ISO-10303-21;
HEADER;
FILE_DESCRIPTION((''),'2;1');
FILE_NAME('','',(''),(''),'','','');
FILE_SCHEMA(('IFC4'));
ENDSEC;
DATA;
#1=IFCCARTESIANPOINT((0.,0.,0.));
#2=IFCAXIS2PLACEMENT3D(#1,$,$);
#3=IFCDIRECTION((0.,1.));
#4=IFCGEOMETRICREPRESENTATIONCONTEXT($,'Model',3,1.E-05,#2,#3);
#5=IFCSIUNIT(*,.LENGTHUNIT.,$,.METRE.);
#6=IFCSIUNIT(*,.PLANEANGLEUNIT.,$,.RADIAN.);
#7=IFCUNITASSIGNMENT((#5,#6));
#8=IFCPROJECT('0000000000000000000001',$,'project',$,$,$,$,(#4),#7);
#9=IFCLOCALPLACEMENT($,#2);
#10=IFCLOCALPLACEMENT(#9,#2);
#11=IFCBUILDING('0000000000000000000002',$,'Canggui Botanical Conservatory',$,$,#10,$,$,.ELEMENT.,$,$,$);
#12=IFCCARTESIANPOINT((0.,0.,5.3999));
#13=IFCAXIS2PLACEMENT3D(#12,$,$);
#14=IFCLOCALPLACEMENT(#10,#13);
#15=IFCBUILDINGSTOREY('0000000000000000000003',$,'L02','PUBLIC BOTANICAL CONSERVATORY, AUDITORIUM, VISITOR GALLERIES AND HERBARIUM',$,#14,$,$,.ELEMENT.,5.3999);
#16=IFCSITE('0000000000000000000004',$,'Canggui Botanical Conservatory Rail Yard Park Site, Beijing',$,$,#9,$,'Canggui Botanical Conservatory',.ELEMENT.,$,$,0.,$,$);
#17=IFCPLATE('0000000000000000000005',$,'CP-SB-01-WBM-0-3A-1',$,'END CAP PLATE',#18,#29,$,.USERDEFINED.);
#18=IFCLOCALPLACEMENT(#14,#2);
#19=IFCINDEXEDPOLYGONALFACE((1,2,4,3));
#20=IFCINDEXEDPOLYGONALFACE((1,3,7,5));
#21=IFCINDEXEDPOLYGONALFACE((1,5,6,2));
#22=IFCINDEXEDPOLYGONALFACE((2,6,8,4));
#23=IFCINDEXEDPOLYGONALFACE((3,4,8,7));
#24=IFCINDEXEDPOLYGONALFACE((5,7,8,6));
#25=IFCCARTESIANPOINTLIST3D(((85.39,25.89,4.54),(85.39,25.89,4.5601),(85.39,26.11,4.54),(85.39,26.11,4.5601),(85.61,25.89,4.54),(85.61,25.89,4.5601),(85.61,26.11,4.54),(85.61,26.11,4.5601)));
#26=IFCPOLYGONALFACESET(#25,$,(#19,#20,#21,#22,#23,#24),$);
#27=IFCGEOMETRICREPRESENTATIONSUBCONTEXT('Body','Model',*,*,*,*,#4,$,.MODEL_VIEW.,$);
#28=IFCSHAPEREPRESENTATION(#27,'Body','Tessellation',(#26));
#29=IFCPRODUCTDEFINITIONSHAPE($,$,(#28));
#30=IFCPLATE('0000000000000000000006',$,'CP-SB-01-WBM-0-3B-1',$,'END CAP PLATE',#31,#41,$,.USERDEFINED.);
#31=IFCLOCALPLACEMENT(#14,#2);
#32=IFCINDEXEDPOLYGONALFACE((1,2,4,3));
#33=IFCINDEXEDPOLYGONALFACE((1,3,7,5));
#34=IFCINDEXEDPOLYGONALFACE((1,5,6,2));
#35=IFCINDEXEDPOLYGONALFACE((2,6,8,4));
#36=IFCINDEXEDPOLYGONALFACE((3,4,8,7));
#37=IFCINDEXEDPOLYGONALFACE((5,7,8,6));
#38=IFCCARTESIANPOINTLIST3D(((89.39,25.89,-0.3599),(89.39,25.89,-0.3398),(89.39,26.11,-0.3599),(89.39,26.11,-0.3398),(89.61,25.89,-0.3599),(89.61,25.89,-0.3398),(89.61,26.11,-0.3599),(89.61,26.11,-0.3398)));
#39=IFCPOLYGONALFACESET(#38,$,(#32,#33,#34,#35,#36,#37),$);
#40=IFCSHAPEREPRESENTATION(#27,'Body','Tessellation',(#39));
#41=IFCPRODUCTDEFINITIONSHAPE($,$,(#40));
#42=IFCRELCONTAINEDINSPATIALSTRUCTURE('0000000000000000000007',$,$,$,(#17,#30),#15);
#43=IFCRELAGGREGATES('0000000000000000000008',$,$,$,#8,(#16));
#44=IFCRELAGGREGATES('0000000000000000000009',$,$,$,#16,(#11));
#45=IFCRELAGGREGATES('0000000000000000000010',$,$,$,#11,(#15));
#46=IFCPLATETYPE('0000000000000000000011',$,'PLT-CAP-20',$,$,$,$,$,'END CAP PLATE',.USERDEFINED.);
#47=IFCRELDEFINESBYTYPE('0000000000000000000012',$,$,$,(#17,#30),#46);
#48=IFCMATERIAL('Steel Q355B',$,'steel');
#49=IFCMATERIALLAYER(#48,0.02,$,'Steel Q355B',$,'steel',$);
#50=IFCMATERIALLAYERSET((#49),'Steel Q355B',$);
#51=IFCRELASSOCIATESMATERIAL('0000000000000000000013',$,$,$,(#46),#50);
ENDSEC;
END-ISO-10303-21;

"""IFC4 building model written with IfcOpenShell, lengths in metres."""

from ifc_helpers import new_model, si_unit, direction, frame, origin, origin_2d, place, context, subcontext, project, spatial, rectangle, extrude, material, layer, layer_set, type_object, element, save


model = new_model("IFC4")

# Units and contexts
model_context = context("Model", 3, precision=1e-05, world=origin(), true_north=direction((0.0, 1.0)))
body_context = subcontext(model_context, "Body", "Model", "MODEL_VIEW")
ifc_project = project(units=[si_unit("LENGTHUNIT", "METRE"), si_unit("PLANEANGLEUNIT", "RADIAN")], contexts=[model_context])

# Site, building, storey
site_placement = place(None, origin())
site = spatial("IfcSite", under=ifc_project, at=site_placement, Name="Canggui Botanical Conservatory Rail Yard Park Site, Beijing", LongName="Canggui Botanical Conservatory", CompositionType="ELEMENT", RefElevation=0.0)
building_placement = place(site_placement, origin())
building = spatial("IfcBuilding", under=site, at=building_placement, Name="Canggui Botanical Conservatory", CompositionType="ELEMENT")
storey_placement = place(building_placement, frame((0.0, 0.0, 5.3999)))
storey = spatial("IfcBuildingStorey", under=building, at=storey_placement, Name="L02", Description="PUBLIC BOTANICAL CONSERVATORY, AUDITORIUM, VISITOR GALLERIES AND HERBARIUM", CompositionType="ELEMENT", Elevation=5.3999)

# Shared definitions
ifc_material_1 = material(Name="Steel Q355B", Category="steel")

# Plates
ifc_layer_1 = layer(ifc_material_1, 0.02, Name="Steel Q355B", Category="steel")
ifc_layer_set_1 = layer_set([ifc_layer_1], Name="Steel Q355B")
plate_type_1 = type_object("IfcPlateType", Name="PLT-CAP-20", ElementType="END CAP PLATE", PredefinedType="USERDEFINED", material=ifc_layer_set_1)
for number, where, z_axis, x_axis, name in (
    (1, (85.5, 26.0, 4.54), (0.0, 0.0, 1.0), (1.0, 0.0, 0.0), "CP-SB-01-WBM-0-3A-1"),
    (2, (89.5, 26.0, -0.3599), (0.0, 0.0, 1.0), (1.0, 0.0, 0.0), "CP-SB-01-WBM-0-3B-1"),
):
    element("IfcPlate", number, at=place(storey_placement, frame(where, z_axis=z_axis, x_axis=x_axis)), inside=storey, type_object=plate_type_1, Name=name, ObjectType="END CAP PLATE", PredefinedType="USERDEFINED", context=body_context, shape_type="SweptSolid", body=[
        extrude(rectangle(XDim=0.22, YDim=0.22, at=origin_2d()), origin(), (0.0, 0.0, 1.0), 0.02),
    ])

save(model, "model.ifc")
